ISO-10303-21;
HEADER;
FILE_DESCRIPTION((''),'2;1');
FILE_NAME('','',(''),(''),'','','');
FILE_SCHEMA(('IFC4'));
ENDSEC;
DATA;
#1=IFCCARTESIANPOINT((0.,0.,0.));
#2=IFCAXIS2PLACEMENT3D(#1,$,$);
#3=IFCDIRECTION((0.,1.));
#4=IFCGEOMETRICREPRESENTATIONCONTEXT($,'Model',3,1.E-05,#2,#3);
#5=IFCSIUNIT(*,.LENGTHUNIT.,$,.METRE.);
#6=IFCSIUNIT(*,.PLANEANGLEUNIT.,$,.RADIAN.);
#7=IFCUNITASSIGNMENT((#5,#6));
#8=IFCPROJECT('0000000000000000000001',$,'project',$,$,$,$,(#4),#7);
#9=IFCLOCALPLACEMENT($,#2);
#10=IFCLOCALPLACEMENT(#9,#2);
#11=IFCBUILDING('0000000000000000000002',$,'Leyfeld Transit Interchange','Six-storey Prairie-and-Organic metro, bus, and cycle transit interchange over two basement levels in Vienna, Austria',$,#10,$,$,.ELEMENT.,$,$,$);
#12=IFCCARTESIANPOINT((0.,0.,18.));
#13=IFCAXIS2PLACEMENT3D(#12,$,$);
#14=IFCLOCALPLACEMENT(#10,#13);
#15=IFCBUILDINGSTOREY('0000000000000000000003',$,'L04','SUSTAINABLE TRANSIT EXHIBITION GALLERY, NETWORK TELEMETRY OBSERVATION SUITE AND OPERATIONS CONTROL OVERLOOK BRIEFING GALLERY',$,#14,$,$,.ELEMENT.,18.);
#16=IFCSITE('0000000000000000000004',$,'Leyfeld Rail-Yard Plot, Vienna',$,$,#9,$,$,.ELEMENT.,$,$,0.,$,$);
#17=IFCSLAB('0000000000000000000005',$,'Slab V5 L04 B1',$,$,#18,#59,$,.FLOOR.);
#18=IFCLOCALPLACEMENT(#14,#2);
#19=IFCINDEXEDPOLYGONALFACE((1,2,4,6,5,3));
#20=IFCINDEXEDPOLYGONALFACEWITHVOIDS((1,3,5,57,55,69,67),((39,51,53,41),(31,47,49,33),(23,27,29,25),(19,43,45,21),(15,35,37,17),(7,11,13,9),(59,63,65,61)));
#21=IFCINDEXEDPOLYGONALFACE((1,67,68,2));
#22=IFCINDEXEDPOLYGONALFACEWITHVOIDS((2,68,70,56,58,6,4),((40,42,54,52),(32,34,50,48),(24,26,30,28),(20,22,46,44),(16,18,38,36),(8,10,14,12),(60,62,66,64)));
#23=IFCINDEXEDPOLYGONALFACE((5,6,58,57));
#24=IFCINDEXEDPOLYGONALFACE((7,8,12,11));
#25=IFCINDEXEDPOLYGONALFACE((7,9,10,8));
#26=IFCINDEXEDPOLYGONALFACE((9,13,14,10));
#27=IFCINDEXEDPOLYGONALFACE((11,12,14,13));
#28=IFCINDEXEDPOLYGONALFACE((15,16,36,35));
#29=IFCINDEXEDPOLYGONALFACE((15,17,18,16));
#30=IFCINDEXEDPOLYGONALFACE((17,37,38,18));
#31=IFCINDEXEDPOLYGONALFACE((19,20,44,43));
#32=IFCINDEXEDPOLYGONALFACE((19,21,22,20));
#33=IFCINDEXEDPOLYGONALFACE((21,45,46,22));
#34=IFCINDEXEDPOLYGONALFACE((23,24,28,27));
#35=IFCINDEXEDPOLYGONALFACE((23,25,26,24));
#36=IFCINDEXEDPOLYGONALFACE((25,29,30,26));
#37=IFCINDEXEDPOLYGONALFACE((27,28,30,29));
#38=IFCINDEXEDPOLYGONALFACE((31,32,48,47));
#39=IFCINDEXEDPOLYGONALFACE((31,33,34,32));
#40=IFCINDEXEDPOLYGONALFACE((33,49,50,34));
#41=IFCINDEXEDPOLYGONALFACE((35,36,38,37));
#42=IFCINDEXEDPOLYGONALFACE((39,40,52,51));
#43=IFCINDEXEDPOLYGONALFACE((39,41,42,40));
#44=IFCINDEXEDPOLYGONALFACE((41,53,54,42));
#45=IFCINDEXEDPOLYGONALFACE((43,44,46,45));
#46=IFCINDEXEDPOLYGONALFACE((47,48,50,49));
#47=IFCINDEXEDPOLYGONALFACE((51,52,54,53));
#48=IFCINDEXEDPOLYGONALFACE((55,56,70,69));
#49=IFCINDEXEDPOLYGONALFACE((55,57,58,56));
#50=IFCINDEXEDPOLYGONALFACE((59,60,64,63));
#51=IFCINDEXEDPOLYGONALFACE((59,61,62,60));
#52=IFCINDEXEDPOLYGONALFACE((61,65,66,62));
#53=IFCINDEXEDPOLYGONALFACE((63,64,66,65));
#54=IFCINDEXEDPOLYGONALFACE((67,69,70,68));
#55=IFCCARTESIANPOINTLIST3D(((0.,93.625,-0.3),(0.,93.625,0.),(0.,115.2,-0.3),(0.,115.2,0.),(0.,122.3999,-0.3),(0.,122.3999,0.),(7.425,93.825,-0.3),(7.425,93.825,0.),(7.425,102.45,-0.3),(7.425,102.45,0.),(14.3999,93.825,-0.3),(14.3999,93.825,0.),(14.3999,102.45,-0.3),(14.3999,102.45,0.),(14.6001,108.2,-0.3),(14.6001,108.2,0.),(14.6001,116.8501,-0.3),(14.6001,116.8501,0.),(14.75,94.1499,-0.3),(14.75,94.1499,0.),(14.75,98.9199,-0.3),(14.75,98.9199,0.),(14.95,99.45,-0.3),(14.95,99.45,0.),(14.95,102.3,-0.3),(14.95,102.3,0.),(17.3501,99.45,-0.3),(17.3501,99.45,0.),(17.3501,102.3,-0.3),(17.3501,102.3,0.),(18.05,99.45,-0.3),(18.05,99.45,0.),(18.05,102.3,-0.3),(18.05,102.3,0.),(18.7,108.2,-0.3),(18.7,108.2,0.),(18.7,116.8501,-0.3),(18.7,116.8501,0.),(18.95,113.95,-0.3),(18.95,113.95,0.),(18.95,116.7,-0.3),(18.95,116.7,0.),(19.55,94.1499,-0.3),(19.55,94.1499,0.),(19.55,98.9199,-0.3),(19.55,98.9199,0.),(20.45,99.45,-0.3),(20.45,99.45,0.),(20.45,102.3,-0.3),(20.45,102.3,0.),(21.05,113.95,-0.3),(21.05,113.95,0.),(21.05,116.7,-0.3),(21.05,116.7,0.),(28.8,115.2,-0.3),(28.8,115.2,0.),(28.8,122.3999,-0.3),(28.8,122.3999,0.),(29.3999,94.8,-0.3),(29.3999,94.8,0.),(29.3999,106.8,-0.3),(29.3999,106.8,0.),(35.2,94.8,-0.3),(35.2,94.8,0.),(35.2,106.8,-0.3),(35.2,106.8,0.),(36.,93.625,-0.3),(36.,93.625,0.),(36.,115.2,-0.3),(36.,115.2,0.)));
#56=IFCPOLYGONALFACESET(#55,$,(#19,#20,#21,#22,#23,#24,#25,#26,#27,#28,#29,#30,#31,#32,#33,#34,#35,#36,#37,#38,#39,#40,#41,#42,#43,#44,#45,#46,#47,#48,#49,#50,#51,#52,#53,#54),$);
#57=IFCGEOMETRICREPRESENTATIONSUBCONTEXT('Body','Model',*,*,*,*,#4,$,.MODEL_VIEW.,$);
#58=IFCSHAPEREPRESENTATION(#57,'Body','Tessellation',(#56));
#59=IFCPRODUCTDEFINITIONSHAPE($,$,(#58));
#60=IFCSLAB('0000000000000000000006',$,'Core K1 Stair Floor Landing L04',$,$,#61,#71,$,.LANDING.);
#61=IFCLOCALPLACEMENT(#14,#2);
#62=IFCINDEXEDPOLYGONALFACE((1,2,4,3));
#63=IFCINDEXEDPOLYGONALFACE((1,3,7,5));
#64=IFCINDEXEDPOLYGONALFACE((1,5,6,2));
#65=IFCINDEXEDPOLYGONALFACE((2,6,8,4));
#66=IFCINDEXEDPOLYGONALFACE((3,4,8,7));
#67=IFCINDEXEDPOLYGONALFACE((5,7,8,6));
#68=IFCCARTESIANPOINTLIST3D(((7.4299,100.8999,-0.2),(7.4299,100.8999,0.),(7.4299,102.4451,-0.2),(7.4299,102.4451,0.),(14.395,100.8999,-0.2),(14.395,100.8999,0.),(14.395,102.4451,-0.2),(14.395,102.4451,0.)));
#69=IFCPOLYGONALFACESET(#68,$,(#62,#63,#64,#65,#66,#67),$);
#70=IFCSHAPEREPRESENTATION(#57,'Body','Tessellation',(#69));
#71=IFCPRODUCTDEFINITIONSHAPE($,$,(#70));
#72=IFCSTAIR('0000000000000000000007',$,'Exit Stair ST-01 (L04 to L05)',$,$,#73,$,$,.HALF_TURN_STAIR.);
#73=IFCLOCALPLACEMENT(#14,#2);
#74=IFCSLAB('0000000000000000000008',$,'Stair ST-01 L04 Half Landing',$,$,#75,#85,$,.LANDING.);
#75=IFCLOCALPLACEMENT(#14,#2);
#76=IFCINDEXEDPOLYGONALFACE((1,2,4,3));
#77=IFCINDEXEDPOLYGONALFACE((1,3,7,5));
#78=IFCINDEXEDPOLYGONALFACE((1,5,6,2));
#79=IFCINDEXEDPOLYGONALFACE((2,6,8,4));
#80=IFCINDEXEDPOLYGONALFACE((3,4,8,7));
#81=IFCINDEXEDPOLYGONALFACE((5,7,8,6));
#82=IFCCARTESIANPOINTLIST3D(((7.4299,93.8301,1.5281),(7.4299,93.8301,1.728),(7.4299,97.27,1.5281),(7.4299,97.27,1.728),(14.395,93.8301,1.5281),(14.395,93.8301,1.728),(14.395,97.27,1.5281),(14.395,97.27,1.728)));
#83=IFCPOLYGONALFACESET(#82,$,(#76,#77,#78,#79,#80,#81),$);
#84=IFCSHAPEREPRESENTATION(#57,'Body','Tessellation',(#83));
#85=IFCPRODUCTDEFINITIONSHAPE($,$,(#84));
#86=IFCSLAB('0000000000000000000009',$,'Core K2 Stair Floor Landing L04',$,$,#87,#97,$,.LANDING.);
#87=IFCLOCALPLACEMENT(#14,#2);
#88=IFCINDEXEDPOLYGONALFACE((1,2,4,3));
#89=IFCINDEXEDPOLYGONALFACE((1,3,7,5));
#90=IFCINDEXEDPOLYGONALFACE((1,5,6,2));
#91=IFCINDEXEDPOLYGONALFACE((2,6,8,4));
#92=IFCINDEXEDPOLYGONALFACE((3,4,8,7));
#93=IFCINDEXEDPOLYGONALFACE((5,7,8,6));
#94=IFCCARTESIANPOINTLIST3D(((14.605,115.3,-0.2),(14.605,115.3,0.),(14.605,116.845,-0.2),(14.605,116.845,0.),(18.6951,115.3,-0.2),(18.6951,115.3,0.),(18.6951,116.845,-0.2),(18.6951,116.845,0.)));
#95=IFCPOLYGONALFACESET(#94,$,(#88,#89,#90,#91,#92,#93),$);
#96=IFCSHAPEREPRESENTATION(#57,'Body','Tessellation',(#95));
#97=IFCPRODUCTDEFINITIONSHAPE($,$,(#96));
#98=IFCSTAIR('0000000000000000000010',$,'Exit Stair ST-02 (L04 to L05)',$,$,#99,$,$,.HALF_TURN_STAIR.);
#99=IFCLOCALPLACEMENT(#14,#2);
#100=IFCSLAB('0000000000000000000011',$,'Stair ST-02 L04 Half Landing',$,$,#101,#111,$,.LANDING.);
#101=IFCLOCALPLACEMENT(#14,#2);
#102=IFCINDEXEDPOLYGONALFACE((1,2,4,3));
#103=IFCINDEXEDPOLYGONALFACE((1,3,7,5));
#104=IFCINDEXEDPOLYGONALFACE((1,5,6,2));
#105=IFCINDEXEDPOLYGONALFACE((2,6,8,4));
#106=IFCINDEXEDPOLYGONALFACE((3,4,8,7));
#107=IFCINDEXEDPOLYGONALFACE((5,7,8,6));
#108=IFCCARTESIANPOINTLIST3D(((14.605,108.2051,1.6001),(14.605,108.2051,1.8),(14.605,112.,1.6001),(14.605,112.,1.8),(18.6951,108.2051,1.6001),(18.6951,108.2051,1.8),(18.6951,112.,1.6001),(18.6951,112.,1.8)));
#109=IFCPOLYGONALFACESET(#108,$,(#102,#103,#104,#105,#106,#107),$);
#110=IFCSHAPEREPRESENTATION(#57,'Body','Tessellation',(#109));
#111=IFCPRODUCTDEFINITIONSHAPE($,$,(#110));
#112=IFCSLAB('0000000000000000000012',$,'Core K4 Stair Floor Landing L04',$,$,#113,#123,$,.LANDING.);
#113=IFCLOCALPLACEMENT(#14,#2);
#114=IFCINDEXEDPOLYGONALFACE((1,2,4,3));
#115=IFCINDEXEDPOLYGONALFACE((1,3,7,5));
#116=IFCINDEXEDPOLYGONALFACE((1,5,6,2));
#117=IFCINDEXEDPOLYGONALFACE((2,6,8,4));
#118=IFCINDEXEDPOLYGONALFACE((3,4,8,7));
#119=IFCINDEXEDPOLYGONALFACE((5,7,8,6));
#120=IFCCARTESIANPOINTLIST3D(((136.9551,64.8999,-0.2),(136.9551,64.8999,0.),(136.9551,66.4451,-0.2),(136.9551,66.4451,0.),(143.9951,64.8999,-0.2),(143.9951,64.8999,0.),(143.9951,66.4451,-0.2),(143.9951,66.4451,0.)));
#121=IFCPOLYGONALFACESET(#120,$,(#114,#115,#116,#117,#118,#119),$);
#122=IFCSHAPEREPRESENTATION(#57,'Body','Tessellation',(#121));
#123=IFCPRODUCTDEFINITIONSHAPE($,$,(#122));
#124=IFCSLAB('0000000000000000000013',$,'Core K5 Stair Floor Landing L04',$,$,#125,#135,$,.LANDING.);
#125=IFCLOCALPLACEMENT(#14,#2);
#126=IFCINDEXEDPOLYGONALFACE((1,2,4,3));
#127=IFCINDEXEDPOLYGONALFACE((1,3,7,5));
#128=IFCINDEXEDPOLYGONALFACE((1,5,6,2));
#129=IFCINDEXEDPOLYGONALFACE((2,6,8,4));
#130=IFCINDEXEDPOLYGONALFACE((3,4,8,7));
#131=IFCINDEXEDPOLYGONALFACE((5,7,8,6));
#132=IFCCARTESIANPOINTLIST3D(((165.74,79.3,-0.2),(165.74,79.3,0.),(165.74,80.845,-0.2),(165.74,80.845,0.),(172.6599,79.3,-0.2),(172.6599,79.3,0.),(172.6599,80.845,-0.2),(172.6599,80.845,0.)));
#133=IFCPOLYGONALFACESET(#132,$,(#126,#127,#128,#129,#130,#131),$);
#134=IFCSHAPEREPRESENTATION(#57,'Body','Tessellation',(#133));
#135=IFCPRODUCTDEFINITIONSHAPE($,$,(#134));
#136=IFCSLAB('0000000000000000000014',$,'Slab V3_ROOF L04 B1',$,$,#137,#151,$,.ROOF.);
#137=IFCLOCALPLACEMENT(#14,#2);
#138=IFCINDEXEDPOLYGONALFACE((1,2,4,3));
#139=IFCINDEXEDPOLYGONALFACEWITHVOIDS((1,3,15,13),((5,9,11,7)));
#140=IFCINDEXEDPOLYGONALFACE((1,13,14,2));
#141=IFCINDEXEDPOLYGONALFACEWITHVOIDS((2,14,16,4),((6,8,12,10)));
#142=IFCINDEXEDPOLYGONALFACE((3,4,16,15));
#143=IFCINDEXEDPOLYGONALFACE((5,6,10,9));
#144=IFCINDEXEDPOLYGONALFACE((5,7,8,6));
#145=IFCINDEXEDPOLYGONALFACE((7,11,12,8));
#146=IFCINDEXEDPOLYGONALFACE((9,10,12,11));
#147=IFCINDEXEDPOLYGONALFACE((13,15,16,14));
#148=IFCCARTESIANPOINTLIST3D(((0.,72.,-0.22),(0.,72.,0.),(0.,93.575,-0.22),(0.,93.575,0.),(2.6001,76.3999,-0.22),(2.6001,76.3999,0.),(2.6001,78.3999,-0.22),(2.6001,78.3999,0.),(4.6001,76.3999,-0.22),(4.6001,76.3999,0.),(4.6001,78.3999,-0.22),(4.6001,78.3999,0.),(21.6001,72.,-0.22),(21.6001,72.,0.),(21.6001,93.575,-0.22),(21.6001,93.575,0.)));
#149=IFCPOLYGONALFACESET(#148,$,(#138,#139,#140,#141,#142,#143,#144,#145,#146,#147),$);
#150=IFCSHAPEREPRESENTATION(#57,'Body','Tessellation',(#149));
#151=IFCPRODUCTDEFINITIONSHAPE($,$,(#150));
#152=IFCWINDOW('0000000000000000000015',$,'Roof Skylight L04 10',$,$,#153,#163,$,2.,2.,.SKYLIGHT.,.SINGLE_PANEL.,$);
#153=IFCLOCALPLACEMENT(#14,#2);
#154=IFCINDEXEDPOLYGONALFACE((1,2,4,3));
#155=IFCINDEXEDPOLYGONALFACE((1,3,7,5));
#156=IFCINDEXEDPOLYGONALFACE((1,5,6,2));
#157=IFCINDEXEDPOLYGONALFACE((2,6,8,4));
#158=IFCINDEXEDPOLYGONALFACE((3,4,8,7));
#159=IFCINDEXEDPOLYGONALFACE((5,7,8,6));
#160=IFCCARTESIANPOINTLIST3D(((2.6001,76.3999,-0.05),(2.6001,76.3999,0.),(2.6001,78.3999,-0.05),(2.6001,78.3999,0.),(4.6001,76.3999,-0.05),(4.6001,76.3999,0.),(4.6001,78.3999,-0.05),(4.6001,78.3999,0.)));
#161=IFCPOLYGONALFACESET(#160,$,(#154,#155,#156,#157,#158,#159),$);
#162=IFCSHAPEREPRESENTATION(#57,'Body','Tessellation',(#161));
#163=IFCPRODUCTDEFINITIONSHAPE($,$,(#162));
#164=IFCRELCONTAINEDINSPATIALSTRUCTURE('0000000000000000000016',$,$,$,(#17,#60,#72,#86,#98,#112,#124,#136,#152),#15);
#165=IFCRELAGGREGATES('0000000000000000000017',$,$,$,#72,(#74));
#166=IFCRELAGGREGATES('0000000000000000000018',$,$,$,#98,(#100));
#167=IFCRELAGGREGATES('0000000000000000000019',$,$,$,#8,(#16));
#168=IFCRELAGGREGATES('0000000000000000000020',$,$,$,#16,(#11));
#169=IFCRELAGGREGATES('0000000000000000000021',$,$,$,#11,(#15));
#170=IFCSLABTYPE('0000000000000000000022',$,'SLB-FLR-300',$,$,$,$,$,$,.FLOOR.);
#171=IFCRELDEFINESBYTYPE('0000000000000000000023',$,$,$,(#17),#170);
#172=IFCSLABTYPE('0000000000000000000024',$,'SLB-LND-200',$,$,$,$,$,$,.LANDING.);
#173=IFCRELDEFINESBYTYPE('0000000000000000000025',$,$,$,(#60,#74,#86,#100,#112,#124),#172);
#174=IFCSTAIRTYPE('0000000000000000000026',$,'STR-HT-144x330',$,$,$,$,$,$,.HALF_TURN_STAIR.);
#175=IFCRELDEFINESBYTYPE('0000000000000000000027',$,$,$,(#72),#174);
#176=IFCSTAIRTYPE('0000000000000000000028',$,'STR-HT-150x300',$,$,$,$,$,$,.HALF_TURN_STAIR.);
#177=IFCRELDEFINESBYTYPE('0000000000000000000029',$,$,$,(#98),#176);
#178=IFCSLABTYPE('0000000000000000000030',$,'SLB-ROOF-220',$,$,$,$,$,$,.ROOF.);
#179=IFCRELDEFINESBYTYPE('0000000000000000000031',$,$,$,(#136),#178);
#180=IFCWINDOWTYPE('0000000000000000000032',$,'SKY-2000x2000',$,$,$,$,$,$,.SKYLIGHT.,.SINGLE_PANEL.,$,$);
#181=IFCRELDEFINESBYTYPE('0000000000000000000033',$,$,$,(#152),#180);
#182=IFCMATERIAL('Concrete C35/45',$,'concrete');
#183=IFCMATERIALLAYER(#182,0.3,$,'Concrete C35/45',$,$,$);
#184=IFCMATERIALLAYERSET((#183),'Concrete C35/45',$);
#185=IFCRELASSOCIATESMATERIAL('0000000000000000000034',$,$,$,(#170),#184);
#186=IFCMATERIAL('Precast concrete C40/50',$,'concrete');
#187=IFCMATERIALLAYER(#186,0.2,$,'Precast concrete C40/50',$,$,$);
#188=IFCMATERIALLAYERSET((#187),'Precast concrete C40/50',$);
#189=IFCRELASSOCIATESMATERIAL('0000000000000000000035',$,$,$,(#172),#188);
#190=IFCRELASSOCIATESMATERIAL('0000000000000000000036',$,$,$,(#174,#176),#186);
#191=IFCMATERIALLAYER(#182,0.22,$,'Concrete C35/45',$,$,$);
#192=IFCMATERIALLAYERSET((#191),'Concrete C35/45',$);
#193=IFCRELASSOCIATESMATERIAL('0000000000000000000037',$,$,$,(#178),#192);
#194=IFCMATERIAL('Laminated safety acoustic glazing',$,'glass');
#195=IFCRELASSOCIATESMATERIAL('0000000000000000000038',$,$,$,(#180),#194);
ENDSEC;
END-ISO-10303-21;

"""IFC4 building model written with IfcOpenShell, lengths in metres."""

from ifc_helpers import new_model, si_unit, direction, frame, origin, origin_2d, place, context, subcontext, project, spatial, polyline, rectangle, outline, extrude, material, layer, layer_set, type_object, element, fill, aggregate, save


model = new_model("IFC4")

# Units and contexts
model_context = context("Model", 3, precision=1e-05, world=origin(), true_north=direction((0.0, 1.0)))
body_context = subcontext(model_context, "Body", "Model", "MODEL_VIEW")
ifc_project = project(units=[si_unit("LENGTHUNIT", "METRE"), si_unit("PLANEANGLEUNIT", "RADIAN")], contexts=[model_context])

# Site, building, storey
site_placement = place(None, origin())
site = spatial("IfcSite", under=ifc_project, at=site_placement, Name="Leyfeld Rail-Yard Plot, Vienna", CompositionType="ELEMENT", RefElevation=0.0)
building_placement = place(site_placement, origin())
building = spatial("IfcBuilding", under=site, at=building_placement, Name="Leyfeld Transit Interchange", Description="Six-storey Prairie-and-Organic metro, bus, and cycle transit interchange over two basement levels in Vienna, Austria", CompositionType="ELEMENT")
storey_placement = place(building_placement, frame((0.0, 0.0, 18.0)))
storey = spatial("IfcBuildingStorey", under=building, at=storey_placement, Name="L04", Description="SUSTAINABLE TRANSIT EXHIBITION GALLERY, NETWORK TELEMETRY OBSERVATION SUITE AND OPERATIONS CONTROL OVERLOOK BRIEFING GALLERY", CompositionType="ELEMENT", Elevation=18.0)

# Slabs
ifc_material_1 = material(Name="Concrete C35/45", Category="concrete")
ifc_layer_1 = layer(ifc_material_1, 0.3, Name="Concrete C35/45")
ifc_layer_set_1 = layer_set([ifc_layer_1], Name="Concrete C35/45")
slab_type_1 = type_object("IfcSlabType", Name="SLB-FLR-300", PredefinedType="FLOOR", material=ifc_layer_set_1)
slab_1_placement = place(storey_placement, frame((0.0, 0.0, -0.3)))
element("IfcSlab", 1, at=slab_1_placement, inside=storey, type_object=slab_type_1, Name="Slab V5 L04 B1", PredefinedType="FLOOR", context=body_context, shape_type="SweptSolid", body=[
    extrude(outline(polyline([(0.0, 93.625), (36.0, 93.625), (36.0, 115.2), (28.8, 115.2), (28.8, 122.3999), (0.0, 122.3999), (0.0, 115.2), (0.0, 93.625)]), holes=[polyline([(7.425, 93.825), (7.425, 102.45), (14.3999, 102.45), (14.3999, 93.825), (7.425, 93.825)]), polyline([(14.75, 98.9199), (19.55, 98.9199), (19.55, 94.1499), (14.75, 94.1499), (14.75, 98.9199)]), polyline([(17.3501, 102.3), (17.3501, 99.45), (14.95, 99.45), (14.95, 102.3), (17.3501, 102.3)]), polyline([(20.45, 99.45), (18.05, 99.45), (18.05, 102.3), (20.45, 102.3), (20.45, 99.45)]), polyline([(14.6001, 108.2), (14.6001, 116.8501), (18.7, 116.8501), (18.7, 108.2), (14.6001, 108.2)]), polyline([(18.95, 116.7), (21.05, 116.7), (21.05, 113.95), (18.95, 113.95), (18.95, 116.7)]), polyline([(35.2, 106.8), (35.2, 94.8), (29.3999, 94.8), (29.3999, 106.8), (35.2, 106.8)])]), origin(), (0.0, 0.0, 1.0), 0.3),
])
ifc_material_2 = material(Name="Precast concrete C40/50", Category="concrete")
ifc_layer_2 = layer(ifc_material_2, 0.2, Name="Precast concrete C40/50")
ifc_layer_set_2 = layer_set([ifc_layer_2], Name="Precast concrete C40/50")
slab_type_2 = type_object("IfcSlabType", Name="SLB-LND-200", PredefinedType="LANDING", material=ifc_layer_set_2)
slab_2_placement = place(storey_placement, frame((0.0, 0.0, -0.2)))
element("IfcSlab", 2, at=slab_2_placement, inside=storey, type_object=slab_type_2, Name="Core K1 Stair Floor Landing L04", PredefinedType="LANDING", context=body_context, shape_type="SweptSolid", body=[
    extrude(outline(polyline([(7.4299, 100.8999), (14.395, 100.8999), (14.395, 102.4451), (7.4299, 102.4451), (7.4299, 100.8999)])), origin(), (0.0, 0.0, 1.0), 0.2),
])

# Stair, slab
stair_type_1 = type_object("IfcStairType", Name="STR-HT-144x330", PredefinedType="HALF_TURN_STAIR", material=ifc_material_2)
stair_1_placement = place(storey_placement, origin())
stair_1 = element("IfcStair", 3, at=stair_1_placement, inside=storey, type_object=stair_type_1, Name="Exit Stair ST-01 (L04 to L05)", PredefinedType="HALF_TURN_STAIR")
slab_3_placement = place(storey_placement, frame((0.0, 0.0, 1.5281)))
slab_3 = element("IfcSlab", 4, at=slab_3_placement, type_object=slab_type_2, Name="Stair ST-01 L04 Half Landing", PredefinedType="LANDING", context=body_context, shape_type="SweptSolid", body=[
    extrude(outline(polyline([(7.4299, 93.8301), (14.395, 93.8301), (14.395, 97.27), (7.4299, 97.27), (7.4299, 93.8301)])), origin(), (0.0, 0.0, 1.0), 0.2),
])
aggregate(stair_1, [slab_3])

# Slab
slab_4_placement = place(storey_placement, frame((0.0, 0.0, -0.2)))
element("IfcSlab", 5, at=slab_4_placement, inside=storey, type_object=slab_type_2, Name="Core K2 Stair Floor Landing L04", PredefinedType="LANDING", context=body_context, shape_type="SweptSolid", body=[
    extrude(outline(polyline([(14.605, 115.3), (18.6951, 115.3), (18.6951, 116.845), (14.605, 116.845), (14.605, 115.3)])), origin(), (0.0, 0.0, 1.0), 0.2),
])

# Stair, slab
stair_type_2 = type_object("IfcStairType", Name="STR-HT-150x300", PredefinedType="HALF_TURN_STAIR", material=ifc_material_2)
stair_2_placement = place(storey_placement, origin())
stair_2 = element("IfcStair", 6, at=stair_2_placement, inside=storey, type_object=stair_type_2, Name="Exit Stair ST-02 (L04 to L05)", PredefinedType="HALF_TURN_STAIR")
slab_5_placement = place(storey_placement, frame((0.0, 0.0, 1.6001)))
slab_5 = element("IfcSlab", 7, at=slab_5_placement, type_object=slab_type_2, Name="Stair ST-02 L04 Half Landing", PredefinedType="LANDING", context=body_context, shape_type="SweptSolid", body=[
    extrude(outline(polyline([(14.605, 108.2051), (18.6951, 108.2051), (18.6951, 112.0), (14.605, 112.0), (14.605, 108.2051)])), origin(), (0.0, 0.0, 1.0), 0.2),
])
aggregate(stair_2, [slab_5])

# Slabs
slab_6_placement = place(storey_placement, frame((0.0, 0.0, -0.2)))
element("IfcSlab", 8, at=slab_6_placement, inside=storey, type_object=slab_type_2, Name="Core K4 Stair Floor Landing L04", PredefinedType="LANDING", context=body_context, shape_type="SweptSolid", body=[
    extrude(outline(polyline([(136.9551, 64.8999), (143.9951, 64.8999), (143.9951, 66.4451), (136.9551, 66.4451), (136.9551, 64.8999)])), origin(), (0.0, 0.0, 1.0), 0.2),
])
slab_7_placement = place(storey_placement, frame((0.0, 0.0, -0.2)))
element("IfcSlab", 9, at=slab_7_placement, inside=storey, type_object=slab_type_2, Name="Core K5 Stair Floor Landing L04", PredefinedType="LANDING", context=body_context, shape_type="SweptSolid", body=[
    extrude(outline(polyline([(165.74, 79.3), (172.6599, 79.3), (172.6599, 80.845), (165.74, 80.845), (165.74, 79.3)])), origin(), (0.0, 0.0, 1.0), 0.2),
])

# Slab, opening, window
ifc_layer_3 = layer(ifc_material_1, 0.22, Name="Concrete C35/45")
ifc_layer_set_3 = layer_set([ifc_layer_3], Name="Concrete C35/45")
slab_type_3 = type_object("IfcSlabType", Name="SLB-ROOF-220", PredefinedType="ROOF", material=ifc_layer_set_3)
slab_8_placement = place(storey_placement, frame((0.0, 0.0, -0.22)))
slab_8 = element("IfcSlab", 10, at=slab_8_placement, inside=storey, type_object=slab_type_3, Name="Slab V3_ROOF L04 B1", PredefinedType="ROOF", context=body_context, shape_type="SweptSolid", body=[
    extrude(outline(polyline([(21.6001, 93.575), (0.0, 93.575), (0.0, 72.0), (21.6001, 72.0), (21.6001, 93.575)]), holes=[polyline([(4.6001, 76.3999), (2.6001, 76.3999), (2.6001, 78.3999), (4.6001, 78.3999), (4.6001, 76.3999)])]), origin(), (0.0, 0.0, 1.0), 0.22),
])
opening_1_placement = place(slab_8_placement, frame((3.6001, 77.3999, 0.0)))
opening_1 = element("IfcOpeningElement", 11, at=opening_1_placement, cuts=slab_8, PredefinedType="OPENING", context=body_context, shape_type="SweptSolid", body=[
    extrude(rectangle(XDim=2.0, YDim=2.0, at=origin_2d()), frame((0.0, 0.0, -0.01)), (0.0, 0.0, 1.0), 0.24),
])
ifc_material_3 = material(Name="Laminated safety acoustic glazing", Category="glass")
window_type_1 = type_object("IfcWindowType", Name="SKY-2000x2000", PartitioningType="SINGLE_PANEL", PredefinedType="SKYLIGHT", material=ifc_material_3)
window_1_placement = place(opening_1_placement, frame((0.0, 0.0, 0.1699)))
window_1 = element("IfcWindow", 12, at=window_1_placement, inside=storey, type_object=window_type_1, Name="Roof Skylight L04 10", OverallHeight=2.0, OverallWidth=2.0, PartitioningType="SINGLE_PANEL", PredefinedType="SKYLIGHT", context=body_context, shape_type="SweptSolid", body=[
    extrude(rectangle(XDim=2.0, YDim=2.0, at=origin_2d()), origin(), (0.0, 0.0, 1.0), 0.05),
])
fill(opening_1, window_1)

save(model, "model.ifc")
